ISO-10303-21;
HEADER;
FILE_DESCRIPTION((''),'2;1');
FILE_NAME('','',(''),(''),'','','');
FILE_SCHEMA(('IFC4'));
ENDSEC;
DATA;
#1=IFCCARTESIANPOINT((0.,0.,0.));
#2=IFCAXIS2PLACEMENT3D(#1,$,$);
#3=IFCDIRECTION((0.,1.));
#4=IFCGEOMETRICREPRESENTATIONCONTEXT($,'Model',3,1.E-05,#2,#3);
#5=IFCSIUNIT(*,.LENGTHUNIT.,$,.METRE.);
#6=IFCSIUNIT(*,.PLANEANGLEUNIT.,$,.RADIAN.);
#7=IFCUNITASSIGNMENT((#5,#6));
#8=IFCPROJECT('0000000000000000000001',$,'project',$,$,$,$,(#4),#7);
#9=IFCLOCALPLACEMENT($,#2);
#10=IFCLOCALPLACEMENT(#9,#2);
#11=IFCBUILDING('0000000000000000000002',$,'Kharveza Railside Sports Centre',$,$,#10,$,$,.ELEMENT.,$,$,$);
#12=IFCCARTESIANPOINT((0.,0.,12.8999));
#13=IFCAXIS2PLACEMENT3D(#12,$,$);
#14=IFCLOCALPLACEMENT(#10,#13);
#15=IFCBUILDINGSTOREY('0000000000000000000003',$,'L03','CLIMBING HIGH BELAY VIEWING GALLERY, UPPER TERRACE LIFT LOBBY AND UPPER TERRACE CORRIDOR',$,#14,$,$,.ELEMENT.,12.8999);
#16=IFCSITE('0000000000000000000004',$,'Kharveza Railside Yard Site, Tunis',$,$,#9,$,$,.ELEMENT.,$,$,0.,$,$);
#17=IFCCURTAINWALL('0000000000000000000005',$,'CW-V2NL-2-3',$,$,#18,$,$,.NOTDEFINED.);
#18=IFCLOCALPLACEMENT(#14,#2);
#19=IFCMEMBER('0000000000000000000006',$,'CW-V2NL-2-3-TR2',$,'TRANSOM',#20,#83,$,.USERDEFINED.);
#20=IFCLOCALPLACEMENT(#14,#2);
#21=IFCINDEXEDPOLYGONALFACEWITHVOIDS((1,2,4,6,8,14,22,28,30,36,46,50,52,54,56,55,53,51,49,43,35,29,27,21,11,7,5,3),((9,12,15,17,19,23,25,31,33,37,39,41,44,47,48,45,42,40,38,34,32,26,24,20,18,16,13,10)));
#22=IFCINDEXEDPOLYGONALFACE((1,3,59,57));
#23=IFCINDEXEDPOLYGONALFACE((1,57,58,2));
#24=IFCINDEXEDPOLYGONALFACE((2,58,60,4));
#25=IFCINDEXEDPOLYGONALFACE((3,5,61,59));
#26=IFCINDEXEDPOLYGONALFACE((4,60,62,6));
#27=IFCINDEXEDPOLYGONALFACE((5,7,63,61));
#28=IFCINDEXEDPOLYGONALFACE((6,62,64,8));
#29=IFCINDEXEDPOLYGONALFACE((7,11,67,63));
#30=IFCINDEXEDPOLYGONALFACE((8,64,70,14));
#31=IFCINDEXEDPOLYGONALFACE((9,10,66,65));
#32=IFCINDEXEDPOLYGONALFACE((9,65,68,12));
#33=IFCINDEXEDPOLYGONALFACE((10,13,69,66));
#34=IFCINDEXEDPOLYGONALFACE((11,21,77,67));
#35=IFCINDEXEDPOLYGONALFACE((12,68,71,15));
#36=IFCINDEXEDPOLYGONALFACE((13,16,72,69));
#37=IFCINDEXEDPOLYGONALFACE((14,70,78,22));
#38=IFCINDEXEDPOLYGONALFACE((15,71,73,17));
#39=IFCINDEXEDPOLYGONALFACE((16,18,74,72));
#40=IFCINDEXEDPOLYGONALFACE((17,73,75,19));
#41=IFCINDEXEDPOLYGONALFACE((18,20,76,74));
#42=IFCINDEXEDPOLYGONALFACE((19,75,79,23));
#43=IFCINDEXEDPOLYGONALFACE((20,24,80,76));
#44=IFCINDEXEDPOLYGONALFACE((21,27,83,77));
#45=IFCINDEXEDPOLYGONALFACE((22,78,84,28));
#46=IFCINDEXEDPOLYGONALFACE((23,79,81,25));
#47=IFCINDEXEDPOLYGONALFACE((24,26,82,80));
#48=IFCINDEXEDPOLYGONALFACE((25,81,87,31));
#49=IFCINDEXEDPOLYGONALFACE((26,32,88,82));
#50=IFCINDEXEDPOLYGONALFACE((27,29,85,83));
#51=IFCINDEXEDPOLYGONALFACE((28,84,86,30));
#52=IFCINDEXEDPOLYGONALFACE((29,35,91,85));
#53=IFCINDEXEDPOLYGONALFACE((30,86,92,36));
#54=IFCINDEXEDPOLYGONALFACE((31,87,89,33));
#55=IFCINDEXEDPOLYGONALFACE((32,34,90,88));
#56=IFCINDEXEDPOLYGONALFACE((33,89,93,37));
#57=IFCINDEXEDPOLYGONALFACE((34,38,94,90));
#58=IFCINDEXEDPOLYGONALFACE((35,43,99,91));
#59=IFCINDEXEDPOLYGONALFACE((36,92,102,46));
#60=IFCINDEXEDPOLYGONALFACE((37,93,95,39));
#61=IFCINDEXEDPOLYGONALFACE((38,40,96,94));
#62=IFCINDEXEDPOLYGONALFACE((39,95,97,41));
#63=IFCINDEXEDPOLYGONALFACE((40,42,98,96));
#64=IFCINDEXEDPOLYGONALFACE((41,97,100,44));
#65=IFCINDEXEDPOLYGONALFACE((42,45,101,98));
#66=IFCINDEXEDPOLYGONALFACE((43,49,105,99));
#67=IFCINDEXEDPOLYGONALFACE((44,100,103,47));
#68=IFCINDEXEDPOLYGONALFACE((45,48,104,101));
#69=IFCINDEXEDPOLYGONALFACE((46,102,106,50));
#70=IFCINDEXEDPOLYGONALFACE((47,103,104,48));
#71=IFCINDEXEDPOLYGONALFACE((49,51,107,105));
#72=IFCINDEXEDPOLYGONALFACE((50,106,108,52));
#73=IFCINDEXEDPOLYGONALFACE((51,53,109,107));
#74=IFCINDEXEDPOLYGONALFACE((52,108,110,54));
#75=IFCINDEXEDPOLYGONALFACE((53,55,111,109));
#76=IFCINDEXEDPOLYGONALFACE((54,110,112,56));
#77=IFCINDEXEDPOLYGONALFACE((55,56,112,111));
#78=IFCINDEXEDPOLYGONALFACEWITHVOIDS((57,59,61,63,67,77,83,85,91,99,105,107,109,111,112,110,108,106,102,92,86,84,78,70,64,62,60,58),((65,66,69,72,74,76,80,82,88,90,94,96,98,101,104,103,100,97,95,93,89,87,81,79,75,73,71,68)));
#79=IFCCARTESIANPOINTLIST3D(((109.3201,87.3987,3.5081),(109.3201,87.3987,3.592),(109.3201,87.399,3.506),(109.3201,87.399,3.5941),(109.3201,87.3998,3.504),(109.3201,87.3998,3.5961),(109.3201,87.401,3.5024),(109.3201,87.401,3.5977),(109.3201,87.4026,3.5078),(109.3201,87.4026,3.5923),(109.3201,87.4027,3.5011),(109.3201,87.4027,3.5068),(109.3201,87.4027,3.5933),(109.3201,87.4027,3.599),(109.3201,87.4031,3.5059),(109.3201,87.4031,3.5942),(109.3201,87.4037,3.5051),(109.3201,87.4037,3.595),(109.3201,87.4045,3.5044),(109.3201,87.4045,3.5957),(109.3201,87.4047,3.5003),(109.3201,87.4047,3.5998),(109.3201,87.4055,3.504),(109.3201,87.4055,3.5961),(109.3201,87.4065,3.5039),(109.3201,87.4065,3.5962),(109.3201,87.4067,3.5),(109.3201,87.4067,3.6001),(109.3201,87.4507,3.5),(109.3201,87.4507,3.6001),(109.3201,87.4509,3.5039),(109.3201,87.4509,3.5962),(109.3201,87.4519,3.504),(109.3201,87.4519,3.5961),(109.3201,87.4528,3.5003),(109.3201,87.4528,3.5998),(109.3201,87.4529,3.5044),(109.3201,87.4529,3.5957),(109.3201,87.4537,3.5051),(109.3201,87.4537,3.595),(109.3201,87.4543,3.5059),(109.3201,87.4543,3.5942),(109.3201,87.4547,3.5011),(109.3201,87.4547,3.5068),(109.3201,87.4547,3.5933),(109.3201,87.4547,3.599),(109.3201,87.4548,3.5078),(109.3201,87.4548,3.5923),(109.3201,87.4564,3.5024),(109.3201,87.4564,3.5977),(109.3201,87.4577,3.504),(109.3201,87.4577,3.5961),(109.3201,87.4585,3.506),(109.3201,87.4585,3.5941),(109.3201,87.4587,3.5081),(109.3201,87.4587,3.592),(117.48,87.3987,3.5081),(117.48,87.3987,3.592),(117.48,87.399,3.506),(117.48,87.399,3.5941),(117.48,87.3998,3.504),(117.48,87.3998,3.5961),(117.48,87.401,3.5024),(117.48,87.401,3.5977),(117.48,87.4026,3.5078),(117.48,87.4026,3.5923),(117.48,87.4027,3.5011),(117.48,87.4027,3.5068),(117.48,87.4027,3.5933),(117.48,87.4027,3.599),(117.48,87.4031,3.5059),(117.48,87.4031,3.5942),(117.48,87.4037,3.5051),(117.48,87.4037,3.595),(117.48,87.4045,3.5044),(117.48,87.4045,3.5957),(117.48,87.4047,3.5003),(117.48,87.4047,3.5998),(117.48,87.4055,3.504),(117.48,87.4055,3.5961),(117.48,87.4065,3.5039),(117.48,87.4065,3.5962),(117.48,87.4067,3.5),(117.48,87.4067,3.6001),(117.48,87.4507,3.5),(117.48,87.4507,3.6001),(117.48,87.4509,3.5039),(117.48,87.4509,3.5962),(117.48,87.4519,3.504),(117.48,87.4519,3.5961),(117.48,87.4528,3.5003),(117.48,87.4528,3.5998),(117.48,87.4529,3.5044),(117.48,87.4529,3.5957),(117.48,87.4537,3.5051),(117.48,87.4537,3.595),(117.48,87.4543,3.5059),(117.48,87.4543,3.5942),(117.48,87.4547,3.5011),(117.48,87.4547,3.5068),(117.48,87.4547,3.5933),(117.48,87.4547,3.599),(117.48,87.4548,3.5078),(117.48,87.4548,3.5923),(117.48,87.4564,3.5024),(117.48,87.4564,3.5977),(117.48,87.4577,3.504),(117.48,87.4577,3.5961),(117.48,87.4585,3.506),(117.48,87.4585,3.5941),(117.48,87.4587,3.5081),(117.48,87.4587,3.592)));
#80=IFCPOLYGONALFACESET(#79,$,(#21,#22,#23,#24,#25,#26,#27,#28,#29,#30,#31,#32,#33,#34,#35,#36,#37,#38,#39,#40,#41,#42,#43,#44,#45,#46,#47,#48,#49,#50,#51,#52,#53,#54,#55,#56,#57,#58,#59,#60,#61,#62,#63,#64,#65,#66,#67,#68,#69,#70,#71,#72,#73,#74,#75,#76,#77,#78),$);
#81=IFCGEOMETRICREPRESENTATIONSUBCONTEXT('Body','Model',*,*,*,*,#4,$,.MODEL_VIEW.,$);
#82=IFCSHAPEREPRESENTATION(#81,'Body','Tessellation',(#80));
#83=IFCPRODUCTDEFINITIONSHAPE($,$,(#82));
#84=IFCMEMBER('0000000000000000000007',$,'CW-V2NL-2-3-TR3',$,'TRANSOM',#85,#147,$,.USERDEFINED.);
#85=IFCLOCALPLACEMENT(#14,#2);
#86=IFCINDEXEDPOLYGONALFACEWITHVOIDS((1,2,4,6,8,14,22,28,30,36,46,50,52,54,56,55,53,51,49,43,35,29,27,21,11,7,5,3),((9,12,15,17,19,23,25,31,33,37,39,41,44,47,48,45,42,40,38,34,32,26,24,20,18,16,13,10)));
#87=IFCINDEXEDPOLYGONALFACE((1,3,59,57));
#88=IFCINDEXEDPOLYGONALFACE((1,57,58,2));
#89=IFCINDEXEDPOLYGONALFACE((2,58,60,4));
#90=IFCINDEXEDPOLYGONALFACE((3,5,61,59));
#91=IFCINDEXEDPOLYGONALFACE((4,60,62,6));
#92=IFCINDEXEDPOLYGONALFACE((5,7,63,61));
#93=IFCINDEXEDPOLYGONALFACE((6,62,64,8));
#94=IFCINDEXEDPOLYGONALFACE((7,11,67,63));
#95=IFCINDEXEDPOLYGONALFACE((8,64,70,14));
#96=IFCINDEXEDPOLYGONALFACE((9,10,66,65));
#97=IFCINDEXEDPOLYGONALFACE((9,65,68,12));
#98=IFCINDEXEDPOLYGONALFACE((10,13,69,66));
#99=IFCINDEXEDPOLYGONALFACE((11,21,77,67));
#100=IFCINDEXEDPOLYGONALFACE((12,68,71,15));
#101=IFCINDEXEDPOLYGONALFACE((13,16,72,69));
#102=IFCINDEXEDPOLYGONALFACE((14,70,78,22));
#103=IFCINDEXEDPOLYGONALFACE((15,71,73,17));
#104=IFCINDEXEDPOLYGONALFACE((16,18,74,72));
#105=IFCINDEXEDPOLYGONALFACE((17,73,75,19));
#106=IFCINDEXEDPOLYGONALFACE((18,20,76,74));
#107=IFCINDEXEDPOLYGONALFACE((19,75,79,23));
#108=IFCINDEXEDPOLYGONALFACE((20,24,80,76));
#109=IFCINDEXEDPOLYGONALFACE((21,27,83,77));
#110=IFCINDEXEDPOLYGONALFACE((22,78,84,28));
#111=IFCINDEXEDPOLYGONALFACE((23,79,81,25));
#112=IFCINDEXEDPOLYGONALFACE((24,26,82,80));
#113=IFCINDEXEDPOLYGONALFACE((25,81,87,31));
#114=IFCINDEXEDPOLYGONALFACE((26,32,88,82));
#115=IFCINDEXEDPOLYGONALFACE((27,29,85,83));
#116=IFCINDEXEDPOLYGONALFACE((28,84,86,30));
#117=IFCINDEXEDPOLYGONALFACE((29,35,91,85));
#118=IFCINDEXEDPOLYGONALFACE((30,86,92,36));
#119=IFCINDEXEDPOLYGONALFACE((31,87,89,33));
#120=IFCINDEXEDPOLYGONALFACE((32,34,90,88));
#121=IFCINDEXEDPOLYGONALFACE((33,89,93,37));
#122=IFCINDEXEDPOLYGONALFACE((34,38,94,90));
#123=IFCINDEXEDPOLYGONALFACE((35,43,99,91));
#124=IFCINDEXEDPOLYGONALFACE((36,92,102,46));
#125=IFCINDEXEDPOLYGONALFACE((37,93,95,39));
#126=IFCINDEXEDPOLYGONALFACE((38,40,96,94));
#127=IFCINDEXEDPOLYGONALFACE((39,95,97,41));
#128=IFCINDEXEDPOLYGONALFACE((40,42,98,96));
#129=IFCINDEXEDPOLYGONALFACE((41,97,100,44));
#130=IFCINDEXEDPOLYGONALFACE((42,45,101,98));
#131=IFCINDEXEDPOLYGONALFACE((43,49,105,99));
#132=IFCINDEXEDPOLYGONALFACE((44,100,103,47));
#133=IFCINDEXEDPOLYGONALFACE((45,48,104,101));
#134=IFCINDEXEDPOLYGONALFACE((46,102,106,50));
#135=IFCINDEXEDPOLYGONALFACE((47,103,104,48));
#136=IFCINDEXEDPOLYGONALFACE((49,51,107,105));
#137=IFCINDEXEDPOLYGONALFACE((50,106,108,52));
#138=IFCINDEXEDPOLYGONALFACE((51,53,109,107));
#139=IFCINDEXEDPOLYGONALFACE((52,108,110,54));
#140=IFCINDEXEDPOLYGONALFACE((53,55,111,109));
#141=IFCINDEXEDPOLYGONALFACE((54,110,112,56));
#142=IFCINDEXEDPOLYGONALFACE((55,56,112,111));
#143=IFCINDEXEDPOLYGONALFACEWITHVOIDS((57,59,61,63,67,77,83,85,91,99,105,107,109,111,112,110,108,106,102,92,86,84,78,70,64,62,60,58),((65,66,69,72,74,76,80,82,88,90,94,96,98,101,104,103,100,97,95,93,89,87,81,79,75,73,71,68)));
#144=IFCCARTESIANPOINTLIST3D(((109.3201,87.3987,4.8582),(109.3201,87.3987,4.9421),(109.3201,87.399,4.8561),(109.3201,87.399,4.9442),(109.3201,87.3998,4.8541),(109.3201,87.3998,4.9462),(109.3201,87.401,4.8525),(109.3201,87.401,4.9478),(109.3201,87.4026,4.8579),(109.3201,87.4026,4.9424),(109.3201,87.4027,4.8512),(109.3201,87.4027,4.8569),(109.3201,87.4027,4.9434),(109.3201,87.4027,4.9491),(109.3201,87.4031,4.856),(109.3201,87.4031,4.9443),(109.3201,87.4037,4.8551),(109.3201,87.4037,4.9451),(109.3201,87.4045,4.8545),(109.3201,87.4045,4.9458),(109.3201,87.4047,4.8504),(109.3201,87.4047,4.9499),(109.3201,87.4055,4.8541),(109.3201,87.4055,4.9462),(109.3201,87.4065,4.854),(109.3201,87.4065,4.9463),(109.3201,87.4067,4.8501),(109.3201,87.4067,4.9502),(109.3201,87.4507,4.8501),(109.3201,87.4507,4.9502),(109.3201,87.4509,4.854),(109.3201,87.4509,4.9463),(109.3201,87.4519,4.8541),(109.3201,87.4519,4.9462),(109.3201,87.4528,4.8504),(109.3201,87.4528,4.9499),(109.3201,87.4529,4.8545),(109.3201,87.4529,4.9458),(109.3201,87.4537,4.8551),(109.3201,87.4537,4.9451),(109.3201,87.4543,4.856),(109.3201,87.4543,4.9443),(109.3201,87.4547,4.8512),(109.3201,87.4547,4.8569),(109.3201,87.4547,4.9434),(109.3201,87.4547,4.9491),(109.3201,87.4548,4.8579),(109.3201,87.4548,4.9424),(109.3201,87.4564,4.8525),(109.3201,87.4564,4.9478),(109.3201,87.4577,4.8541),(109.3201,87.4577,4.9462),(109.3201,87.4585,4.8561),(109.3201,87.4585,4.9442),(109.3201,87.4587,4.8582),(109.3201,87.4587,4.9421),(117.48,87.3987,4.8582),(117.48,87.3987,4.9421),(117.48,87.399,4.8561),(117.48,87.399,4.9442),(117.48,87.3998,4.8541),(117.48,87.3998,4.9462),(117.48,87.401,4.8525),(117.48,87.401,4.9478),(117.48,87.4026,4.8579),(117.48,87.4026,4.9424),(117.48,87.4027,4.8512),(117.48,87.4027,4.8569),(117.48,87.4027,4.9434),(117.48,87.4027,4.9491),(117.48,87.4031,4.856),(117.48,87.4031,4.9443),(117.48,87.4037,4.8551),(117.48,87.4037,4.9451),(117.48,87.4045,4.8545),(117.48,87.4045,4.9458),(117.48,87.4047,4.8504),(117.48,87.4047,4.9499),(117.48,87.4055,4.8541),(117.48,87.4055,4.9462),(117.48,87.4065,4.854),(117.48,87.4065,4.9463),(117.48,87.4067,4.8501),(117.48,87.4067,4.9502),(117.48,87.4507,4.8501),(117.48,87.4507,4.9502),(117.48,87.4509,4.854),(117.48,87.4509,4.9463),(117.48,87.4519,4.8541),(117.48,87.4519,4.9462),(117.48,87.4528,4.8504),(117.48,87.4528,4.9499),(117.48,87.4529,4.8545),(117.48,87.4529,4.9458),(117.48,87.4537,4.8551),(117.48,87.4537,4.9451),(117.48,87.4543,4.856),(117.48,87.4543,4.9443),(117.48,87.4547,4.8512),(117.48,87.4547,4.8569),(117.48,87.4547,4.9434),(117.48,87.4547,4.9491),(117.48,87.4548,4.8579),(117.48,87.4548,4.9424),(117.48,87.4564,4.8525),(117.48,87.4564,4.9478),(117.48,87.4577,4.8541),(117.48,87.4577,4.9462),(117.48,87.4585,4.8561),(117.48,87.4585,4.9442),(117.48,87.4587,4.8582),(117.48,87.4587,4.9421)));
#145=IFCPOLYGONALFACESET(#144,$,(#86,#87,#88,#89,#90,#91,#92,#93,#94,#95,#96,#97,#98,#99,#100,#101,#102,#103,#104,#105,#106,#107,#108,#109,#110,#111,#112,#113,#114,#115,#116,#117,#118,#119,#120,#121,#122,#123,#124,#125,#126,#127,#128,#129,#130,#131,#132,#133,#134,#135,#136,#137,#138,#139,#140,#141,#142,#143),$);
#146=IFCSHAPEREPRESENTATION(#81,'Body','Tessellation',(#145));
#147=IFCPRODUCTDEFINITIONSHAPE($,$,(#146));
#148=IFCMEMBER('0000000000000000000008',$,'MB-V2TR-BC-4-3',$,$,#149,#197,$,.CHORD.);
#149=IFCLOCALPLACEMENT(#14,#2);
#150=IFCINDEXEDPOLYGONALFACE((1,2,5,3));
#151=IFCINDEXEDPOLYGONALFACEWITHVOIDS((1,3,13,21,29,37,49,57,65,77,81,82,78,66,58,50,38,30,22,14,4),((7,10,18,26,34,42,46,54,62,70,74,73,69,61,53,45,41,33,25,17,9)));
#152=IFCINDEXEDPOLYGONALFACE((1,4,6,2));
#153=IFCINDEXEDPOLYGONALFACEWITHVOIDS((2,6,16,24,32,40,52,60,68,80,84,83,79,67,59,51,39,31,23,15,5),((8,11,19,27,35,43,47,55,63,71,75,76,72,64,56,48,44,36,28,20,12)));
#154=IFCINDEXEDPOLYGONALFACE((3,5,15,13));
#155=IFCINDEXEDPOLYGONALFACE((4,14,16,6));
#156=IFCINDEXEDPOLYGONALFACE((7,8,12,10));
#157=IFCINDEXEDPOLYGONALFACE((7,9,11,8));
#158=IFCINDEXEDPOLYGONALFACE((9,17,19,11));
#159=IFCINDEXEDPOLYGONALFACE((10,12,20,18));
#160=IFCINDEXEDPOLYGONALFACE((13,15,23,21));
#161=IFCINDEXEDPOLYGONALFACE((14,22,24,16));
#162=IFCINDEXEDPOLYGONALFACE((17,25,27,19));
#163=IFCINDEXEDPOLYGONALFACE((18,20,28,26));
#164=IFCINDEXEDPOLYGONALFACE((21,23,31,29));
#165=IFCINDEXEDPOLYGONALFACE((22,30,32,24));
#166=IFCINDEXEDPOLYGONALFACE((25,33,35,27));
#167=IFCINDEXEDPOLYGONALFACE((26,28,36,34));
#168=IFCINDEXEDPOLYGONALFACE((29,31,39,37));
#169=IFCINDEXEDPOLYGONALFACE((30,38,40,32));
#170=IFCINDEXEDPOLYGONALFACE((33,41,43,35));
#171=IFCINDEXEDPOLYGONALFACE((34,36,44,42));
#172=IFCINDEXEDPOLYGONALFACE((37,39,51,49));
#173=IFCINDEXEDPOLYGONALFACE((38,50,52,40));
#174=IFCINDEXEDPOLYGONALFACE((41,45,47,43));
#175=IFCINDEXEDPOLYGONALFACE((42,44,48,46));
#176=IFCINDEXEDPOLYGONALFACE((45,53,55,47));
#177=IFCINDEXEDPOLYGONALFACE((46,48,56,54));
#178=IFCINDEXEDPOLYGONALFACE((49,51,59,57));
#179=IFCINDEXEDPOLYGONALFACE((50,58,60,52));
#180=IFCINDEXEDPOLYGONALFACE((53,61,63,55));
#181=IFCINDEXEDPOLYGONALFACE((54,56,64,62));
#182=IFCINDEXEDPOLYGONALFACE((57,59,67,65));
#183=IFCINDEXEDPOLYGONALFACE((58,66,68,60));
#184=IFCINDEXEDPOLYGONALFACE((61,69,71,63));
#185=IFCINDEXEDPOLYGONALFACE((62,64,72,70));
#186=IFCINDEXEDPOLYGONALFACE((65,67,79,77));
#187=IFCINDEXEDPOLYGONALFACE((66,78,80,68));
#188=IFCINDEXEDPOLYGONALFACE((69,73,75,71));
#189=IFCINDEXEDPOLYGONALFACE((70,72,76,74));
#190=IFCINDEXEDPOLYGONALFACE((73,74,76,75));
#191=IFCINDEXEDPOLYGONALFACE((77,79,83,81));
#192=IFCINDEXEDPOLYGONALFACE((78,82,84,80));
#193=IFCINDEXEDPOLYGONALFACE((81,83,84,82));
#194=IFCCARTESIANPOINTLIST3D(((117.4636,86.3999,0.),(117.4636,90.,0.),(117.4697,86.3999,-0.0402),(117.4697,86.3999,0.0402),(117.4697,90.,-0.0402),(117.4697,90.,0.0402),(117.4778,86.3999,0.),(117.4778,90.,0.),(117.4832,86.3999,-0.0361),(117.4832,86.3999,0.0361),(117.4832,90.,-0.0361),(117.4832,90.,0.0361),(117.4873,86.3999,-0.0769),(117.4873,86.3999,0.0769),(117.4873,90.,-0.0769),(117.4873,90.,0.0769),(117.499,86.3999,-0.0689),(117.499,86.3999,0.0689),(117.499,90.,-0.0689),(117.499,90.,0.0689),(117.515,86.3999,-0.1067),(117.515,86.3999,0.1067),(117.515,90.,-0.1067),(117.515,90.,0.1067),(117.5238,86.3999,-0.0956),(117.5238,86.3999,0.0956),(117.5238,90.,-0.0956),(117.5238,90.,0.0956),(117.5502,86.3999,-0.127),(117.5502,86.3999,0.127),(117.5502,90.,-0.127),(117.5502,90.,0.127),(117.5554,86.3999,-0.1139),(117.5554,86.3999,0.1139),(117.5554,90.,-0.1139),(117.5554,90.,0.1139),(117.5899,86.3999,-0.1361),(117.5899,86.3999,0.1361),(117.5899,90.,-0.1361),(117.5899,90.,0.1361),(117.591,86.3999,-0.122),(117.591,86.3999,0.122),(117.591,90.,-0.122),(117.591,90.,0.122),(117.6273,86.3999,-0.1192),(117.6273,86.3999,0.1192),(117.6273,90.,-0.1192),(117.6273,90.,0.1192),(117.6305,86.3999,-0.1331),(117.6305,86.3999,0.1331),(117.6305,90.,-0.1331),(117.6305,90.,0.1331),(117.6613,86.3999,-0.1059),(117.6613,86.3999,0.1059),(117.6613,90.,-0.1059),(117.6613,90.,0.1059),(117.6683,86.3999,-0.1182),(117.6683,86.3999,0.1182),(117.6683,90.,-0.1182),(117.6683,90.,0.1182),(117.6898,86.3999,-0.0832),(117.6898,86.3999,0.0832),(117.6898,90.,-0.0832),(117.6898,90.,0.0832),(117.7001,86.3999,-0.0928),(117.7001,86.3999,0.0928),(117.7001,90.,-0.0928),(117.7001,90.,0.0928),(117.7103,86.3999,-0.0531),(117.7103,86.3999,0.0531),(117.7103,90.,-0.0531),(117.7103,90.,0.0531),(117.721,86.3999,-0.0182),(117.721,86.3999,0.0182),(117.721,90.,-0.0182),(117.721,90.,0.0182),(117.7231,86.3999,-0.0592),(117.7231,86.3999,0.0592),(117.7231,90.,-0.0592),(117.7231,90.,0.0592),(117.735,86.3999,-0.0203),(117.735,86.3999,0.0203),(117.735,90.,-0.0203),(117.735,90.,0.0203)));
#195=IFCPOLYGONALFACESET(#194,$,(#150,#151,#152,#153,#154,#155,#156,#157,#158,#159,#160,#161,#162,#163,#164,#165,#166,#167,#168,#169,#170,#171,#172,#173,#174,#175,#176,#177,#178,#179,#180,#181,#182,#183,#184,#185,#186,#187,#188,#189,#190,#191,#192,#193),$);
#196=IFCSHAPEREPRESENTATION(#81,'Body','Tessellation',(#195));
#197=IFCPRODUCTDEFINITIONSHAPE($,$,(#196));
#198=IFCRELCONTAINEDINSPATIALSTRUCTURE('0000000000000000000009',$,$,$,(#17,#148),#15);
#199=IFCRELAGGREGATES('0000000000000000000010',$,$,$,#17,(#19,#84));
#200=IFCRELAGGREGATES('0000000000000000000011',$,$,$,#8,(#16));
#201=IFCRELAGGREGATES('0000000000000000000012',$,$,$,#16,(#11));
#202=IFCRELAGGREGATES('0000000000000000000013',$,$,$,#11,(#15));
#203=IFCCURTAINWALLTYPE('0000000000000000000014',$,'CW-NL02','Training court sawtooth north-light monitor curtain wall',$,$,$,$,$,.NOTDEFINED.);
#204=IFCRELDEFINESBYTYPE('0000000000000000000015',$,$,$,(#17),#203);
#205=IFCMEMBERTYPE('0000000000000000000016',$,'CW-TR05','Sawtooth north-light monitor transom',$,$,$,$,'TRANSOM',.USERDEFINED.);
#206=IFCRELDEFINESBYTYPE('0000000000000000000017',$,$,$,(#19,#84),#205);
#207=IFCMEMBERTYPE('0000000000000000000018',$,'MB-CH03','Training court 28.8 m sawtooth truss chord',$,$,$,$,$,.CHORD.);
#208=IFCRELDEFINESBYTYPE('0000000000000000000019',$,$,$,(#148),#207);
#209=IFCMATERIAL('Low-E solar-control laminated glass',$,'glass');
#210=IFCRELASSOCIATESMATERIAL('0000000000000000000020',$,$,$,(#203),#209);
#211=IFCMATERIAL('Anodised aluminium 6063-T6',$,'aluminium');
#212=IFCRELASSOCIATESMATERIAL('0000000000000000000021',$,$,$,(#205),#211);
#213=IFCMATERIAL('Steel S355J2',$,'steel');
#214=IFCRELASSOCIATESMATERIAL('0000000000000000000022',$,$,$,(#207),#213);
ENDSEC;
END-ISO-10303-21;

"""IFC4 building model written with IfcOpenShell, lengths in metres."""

from ifc_helpers import new_model, si_unit, direction, frame, origin, origin_2d, place, context, subcontext, project, spatial, hollow_rectangle, hollow_circle, extrude, material, material_profile, profile_set, type_object, element, aggregate, save


model = new_model("IFC4")

# Units and contexts
model_context = context("Model", 3, precision=1e-05, world=origin(), true_north=direction((0.0, 1.0)))
body_context = subcontext(model_context, "Body", "Model", "MODEL_VIEW")
ifc_project = project(units=[si_unit("LENGTHUNIT", "METRE"), si_unit("PLANEANGLEUNIT", "RADIAN")], contexts=[model_context])

# Site, building, storey
site_placement = place(None, origin())
site = spatial("IfcSite", under=ifc_project, at=site_placement, Name="Kharveza Railside Yard Site, Tunis", CompositionType="ELEMENT", RefElevation=0.0)
building_placement = place(site_placement, origin())
building = spatial("IfcBuilding", under=site, at=building_placement, Name="Kharveza Railside Sports Centre", CompositionType="ELEMENT")
storey_placement = place(building_placement, frame((0.0, 0.0, 12.8999)))
storey = spatial("IfcBuildingStorey", under=building, at=storey_placement, Name="L03", Description="CLIMBING HIGH BELAY VIEWING GALLERY, UPPER TERRACE LIFT LOBBY AND UPPER TERRACE CORRIDOR", CompositionType="ELEMENT", Elevation=12.8999)

# Shared definitions
ifc_material_1 = material(Name="Steel S355J2", Category="steel")

# Curtain wall, members
ifc_material_2 = material(Name="Low-E solar-control laminated glass", Category="glass")
curtain_wall_type = type_object("IfcCurtainWallType", Name="CW-NL02", Description="Training court sawtooth north-light monitor curtain wall", PredefinedType="NOTDEFINED", material=ifc_material_2)
curtain_wall_placement = place(storey_placement, origin())
curtain_wall = element("IfcCurtainWall", 1, at=curtain_wall_placement, inside=storey, type_object=curtain_wall_type, Name="CW-V2NL-2-3", PredefinedType="NOTDEFINED")
ifc_material_3 = material(Name="Anodised aluminium 6063-T6", Category="aluminium")
ifc_material_profile_1 = material_profile(ifc_material_3, hollow_rectangle(XDim=0.0601, YDim=0.1001, WallThickness=0.0039, InnerFilletRadius=0.0039, OuterFilletRadius=0.0081, at=origin_2d()), Name="RHS 60x100x4.0")
ifc_profile_set_1 = profile_set([ifc_material_profile_1], Name="Anodised aluminium 6063-T6")
member_type_1 = type_object("IfcMemberType", Name="CW-TR05", Description="Sawtooth north-light monitor transom", ElementType="TRANSOM", PredefinedType="USERDEFINED", material=ifc_profile_set_1)
member_1_placement = place(storey_placement, frame((109.3201, 87.4287, 3.55), z_axis=(1.0, 0.0, 0.0), x_axis=(0.0, 1.0, 0.0)))
member_1 = element("IfcMember", 2, at=member_1_placement, type_object=member_type_1, Name="CW-V2NL-2-3-TR2", ObjectType="TRANSOM", PredefinedType="USERDEFINED", context=body_context, shape_type="SweptSolid", body=[
    extrude(hollow_rectangle(XDim=0.0601, YDim=0.1001, WallThickness=0.0039, InnerFilletRadius=0.0039, OuterFilletRadius=0.0081, at=origin_2d()), origin(), (0.0, 0.0, 1.0), 8.1599),
])
member_2_placement = place(storey_placement, frame((109.3201, 87.4287, 4.9001), z_axis=(1.0, 0.0, 0.0), x_axis=(0.0, 1.0, 0.0)))
member_2 = element("IfcMember", 3, at=member_2_placement, type_object=member_type_1, Name="CW-V2NL-2-3-TR3", ObjectType="TRANSOM", PredefinedType="USERDEFINED", context=body_context, shape_type="SweptSolid", body=[
    extrude(hollow_rectangle(XDim=0.0601, YDim=0.1001, WallThickness=0.0039, InnerFilletRadius=0.0039, OuterFilletRadius=0.0081, at=origin_2d()), origin(), (0.0, 0.0, 1.0), 8.1599),
])

# Member
ifc_material_profile_2 = material_profile(ifc_material_1, hollow_circle(Radius=0.1365, WallThickness=0.0142, at=origin_2d()), Name="CHS 273.0x14.2")
ifc_profile_set_2 = profile_set([ifc_material_profile_2], Name="Steel S355J2")
member_type_2 = type_object("IfcMemberType", Name="MB-CH03", Description="Training court 28.8 m sawtooth truss chord", PredefinedType="CHORD", material=ifc_profile_set_2)
for number, where, z_axis, x_axis, name in (
    (4, (117.6001, 86.3999, 0.0), (0.0, 1.0, 0.0), (-1.0, 0.0, 0.0), "MB-V2TR-BC-4-3"),
):
    element("IfcMember", number, at=place(storey_placement, frame(where, z_axis=z_axis, x_axis=x_axis)), inside=storey, type_object=member_type_2, Name=name, PredefinedType="CHORD", context=body_context, shape_type="SweptSolid", body=[
        extrude(hollow_circle(Radius=0.1365, WallThickness=0.0142, at=origin_2d()), origin(), (0.0, 0.0, 1.0), 3.6001),
    ])

aggregate(curtain_wall, [member_1, member_2])

save(model, "model.ifc")
